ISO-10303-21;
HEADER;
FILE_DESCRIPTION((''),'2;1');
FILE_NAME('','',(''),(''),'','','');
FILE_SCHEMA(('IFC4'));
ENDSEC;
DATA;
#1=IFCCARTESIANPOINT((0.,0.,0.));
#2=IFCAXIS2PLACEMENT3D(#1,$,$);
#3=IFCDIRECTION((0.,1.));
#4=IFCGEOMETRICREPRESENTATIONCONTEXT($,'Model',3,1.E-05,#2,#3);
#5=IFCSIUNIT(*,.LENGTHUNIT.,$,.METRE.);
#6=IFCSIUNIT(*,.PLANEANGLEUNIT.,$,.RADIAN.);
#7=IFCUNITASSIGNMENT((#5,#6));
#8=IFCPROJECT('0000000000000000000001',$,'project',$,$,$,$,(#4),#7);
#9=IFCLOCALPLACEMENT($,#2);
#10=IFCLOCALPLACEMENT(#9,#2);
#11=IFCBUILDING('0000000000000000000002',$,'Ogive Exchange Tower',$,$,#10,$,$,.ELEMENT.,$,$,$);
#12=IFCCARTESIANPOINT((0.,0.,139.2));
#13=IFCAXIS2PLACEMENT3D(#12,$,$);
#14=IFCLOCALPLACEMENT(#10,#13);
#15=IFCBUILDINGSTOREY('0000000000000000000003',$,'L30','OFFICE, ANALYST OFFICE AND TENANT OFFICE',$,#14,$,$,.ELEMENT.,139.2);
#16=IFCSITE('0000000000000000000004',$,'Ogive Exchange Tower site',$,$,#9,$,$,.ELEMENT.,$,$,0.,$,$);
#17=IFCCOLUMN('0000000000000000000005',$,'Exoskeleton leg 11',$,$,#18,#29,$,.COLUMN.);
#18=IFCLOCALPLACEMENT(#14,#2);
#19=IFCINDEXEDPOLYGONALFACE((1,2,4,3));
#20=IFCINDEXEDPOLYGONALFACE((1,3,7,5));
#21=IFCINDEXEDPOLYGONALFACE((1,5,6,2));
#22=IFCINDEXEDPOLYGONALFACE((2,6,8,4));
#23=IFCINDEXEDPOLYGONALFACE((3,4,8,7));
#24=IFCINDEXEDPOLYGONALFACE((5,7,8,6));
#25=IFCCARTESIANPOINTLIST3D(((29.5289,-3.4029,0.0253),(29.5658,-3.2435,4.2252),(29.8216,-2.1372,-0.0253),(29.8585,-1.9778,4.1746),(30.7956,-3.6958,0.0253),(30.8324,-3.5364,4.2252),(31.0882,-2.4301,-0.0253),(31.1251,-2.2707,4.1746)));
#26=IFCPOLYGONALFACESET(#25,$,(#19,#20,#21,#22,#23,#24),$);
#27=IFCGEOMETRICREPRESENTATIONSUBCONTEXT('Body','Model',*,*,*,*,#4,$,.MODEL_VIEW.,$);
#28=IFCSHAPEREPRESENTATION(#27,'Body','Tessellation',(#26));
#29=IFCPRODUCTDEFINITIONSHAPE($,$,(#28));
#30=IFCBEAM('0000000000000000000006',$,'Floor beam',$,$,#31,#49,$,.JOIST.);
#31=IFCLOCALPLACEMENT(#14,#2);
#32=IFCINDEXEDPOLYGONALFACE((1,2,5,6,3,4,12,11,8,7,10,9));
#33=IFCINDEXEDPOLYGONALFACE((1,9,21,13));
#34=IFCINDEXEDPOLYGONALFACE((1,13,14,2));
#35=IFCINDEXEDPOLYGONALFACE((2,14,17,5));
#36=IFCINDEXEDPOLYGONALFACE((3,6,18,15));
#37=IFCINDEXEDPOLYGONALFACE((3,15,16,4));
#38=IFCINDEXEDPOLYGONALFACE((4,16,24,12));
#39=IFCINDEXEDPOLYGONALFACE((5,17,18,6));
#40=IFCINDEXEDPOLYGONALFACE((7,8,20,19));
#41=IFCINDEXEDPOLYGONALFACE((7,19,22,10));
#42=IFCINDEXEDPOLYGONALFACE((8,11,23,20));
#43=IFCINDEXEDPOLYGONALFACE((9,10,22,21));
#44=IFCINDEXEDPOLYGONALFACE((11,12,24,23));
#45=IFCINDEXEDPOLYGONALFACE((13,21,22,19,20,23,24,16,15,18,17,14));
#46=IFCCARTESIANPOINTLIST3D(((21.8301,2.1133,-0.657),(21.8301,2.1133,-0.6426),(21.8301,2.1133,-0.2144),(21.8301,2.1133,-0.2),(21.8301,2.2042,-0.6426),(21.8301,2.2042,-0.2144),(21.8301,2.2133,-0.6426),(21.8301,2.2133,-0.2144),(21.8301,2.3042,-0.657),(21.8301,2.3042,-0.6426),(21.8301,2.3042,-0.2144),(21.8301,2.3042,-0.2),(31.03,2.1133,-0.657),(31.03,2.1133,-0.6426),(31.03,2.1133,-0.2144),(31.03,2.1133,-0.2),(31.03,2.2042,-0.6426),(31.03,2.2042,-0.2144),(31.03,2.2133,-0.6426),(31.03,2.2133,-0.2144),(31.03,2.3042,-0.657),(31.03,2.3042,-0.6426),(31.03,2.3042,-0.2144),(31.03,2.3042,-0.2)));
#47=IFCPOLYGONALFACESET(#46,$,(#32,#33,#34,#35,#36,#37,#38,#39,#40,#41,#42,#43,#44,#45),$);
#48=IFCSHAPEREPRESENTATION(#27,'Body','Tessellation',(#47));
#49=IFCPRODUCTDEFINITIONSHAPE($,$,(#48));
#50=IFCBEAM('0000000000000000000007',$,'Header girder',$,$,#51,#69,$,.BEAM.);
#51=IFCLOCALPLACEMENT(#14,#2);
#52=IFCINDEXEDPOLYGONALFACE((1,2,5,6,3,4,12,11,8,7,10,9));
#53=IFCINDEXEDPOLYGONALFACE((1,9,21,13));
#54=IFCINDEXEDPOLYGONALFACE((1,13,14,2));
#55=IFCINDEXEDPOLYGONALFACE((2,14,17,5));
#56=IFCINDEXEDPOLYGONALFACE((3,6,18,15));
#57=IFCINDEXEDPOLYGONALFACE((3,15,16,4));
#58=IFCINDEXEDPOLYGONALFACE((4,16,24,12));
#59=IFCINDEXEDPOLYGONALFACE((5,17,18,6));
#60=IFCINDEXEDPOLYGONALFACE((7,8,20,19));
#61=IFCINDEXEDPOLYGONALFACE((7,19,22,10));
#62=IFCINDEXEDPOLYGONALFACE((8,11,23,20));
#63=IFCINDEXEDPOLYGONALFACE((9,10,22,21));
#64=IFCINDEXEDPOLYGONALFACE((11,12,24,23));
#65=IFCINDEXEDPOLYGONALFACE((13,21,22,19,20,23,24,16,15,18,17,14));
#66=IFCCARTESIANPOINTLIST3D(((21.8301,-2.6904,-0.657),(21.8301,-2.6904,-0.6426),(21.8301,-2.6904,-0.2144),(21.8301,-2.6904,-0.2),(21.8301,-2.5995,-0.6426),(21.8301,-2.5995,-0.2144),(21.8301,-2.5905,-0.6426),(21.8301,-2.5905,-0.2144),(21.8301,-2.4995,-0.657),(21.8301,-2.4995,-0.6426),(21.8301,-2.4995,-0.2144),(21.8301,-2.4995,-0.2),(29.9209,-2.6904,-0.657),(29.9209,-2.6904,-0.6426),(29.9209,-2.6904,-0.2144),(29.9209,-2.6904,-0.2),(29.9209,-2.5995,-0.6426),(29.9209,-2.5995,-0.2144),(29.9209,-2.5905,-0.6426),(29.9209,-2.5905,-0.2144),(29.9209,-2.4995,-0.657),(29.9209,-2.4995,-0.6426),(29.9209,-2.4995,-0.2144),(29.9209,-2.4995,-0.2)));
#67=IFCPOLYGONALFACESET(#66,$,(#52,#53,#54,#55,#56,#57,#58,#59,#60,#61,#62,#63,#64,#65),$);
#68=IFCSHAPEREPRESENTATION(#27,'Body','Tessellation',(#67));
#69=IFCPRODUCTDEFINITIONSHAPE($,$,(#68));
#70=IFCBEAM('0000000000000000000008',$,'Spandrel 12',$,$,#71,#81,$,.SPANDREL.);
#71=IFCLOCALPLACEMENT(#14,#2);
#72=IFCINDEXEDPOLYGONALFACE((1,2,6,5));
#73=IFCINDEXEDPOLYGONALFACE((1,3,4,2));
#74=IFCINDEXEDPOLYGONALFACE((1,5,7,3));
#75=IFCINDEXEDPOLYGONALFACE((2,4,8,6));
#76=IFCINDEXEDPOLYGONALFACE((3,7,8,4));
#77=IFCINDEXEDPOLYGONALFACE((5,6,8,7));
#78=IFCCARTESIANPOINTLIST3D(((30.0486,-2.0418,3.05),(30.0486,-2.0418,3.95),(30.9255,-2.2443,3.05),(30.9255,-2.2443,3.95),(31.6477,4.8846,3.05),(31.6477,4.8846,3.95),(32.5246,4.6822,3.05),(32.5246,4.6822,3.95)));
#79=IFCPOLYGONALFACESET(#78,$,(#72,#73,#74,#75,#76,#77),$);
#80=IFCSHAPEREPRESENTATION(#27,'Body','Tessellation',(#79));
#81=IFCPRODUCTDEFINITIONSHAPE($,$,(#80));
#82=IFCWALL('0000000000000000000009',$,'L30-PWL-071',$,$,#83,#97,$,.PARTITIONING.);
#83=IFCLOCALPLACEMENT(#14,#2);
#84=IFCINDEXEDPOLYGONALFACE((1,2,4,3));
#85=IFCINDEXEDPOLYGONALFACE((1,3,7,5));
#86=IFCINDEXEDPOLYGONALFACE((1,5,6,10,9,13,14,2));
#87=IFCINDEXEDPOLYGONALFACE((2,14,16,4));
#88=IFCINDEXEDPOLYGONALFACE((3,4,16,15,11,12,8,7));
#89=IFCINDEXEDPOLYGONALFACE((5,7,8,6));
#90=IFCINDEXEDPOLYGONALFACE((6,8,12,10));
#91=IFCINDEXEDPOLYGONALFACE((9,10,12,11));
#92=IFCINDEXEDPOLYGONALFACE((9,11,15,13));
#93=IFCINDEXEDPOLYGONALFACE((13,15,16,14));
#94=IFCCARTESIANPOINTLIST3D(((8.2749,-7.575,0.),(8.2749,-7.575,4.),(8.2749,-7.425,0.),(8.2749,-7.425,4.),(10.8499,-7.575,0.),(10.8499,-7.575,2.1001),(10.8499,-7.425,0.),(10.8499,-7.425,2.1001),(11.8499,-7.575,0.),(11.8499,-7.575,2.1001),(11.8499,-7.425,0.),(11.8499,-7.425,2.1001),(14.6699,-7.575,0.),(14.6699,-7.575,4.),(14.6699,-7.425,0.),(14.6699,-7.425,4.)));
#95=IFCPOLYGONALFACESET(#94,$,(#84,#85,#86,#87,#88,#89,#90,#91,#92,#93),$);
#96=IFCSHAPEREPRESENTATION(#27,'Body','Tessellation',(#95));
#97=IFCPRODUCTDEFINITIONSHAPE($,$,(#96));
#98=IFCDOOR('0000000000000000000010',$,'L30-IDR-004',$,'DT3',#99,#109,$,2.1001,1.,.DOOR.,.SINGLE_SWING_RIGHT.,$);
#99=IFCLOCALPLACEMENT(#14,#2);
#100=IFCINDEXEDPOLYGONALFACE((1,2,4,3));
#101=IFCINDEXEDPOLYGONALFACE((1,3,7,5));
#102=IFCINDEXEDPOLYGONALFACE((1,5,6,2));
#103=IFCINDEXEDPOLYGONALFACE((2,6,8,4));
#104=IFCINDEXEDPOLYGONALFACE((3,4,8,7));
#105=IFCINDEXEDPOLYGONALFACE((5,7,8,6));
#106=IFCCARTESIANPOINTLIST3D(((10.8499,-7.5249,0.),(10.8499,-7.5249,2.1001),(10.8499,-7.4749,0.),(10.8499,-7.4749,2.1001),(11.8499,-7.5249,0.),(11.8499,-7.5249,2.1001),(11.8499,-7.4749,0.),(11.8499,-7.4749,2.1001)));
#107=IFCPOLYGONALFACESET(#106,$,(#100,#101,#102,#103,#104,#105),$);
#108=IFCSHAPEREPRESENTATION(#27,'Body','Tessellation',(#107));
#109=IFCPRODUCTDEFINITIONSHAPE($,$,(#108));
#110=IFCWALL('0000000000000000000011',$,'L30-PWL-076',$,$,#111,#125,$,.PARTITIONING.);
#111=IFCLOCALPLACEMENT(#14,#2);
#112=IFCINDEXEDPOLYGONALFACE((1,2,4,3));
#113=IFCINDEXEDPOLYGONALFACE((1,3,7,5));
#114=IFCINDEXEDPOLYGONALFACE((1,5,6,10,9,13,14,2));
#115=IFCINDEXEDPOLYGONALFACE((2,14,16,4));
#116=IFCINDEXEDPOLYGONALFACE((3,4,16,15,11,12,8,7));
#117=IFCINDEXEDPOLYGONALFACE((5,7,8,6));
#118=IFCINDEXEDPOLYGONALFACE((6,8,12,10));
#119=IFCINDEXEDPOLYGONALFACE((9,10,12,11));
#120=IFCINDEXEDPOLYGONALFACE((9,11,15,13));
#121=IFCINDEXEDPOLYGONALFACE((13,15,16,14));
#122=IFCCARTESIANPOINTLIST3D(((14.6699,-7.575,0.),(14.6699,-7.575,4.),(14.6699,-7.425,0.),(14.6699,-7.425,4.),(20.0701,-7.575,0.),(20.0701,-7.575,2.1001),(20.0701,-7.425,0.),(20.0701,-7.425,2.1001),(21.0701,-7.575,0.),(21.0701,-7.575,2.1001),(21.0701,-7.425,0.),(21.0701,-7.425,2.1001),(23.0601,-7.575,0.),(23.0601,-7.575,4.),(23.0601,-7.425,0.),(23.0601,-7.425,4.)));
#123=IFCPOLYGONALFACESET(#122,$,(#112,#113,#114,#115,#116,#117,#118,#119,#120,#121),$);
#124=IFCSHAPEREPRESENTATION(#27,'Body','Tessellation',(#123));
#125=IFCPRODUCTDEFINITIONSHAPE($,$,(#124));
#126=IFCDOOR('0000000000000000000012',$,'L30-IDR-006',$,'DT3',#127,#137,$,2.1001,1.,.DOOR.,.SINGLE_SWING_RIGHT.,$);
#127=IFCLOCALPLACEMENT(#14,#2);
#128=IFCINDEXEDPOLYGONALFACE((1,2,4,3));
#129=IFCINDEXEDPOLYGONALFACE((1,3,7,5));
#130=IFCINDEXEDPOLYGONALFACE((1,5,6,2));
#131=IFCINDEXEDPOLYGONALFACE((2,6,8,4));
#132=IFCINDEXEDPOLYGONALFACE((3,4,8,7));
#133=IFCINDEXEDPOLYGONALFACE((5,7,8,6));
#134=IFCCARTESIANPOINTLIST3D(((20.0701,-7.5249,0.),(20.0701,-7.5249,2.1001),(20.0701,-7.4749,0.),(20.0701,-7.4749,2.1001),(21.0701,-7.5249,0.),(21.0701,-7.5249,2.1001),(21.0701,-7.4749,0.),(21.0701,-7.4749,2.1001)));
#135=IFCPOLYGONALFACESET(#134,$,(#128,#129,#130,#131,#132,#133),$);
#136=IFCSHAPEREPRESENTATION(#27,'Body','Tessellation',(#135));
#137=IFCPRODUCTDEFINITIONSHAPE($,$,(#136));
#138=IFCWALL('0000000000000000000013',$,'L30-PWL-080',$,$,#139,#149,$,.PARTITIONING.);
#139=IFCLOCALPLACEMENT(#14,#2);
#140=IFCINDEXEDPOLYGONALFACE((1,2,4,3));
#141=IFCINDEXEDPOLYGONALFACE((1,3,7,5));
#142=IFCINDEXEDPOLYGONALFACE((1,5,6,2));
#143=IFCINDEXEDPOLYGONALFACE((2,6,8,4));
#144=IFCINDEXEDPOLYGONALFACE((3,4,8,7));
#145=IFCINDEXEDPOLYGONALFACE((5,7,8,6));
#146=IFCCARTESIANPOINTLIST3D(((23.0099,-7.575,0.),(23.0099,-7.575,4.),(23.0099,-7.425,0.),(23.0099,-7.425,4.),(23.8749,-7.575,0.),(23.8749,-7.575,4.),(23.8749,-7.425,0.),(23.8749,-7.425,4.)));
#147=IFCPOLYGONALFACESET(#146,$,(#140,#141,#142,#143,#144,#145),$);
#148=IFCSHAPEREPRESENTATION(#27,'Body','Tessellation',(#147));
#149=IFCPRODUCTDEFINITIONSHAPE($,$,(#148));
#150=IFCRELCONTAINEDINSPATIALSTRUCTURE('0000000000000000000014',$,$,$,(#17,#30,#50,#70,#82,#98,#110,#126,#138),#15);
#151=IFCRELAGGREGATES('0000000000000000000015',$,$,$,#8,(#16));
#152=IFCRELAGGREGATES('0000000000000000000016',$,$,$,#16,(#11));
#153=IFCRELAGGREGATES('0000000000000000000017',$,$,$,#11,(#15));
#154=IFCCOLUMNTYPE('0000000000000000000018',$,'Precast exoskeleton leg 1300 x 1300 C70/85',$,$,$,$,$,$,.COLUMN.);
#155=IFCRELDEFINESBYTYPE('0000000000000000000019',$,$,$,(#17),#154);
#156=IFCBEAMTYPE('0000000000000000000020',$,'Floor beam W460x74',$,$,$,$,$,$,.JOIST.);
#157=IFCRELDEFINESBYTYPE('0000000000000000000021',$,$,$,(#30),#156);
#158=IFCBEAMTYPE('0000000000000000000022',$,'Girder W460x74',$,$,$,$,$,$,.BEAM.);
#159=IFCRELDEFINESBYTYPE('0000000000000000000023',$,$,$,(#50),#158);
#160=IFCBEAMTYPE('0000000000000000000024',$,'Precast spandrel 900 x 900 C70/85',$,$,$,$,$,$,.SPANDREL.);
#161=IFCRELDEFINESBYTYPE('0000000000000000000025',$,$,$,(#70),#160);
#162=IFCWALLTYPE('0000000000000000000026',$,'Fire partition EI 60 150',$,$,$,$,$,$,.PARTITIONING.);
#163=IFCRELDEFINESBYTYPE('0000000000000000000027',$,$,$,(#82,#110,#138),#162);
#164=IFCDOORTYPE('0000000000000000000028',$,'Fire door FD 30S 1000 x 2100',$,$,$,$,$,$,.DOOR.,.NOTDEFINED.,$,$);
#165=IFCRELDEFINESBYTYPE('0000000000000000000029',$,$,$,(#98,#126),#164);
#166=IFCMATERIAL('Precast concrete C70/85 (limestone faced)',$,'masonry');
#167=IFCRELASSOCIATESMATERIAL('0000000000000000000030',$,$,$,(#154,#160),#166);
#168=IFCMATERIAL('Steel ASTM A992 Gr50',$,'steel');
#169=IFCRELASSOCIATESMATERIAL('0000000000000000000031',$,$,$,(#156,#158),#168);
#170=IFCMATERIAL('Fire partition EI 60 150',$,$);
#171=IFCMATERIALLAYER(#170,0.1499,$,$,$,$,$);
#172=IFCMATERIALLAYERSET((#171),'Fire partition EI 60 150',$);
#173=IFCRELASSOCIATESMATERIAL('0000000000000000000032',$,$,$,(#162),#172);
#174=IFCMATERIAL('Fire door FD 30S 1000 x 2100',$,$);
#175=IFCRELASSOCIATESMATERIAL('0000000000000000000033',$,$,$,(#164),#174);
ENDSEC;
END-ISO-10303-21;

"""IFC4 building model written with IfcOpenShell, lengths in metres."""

from ifc_helpers import new_model, si_unit, direction, frame, frame_2d, origin, origin_2d, place, context, subcontext, project, spatial, rectangle, i_section, extrude, material, layer, layer_set, material_profile, profile_set, type_object, element, fill, save


model = new_model("IFC4")

# Units and contexts
model_context = context("Model", 3, precision=1e-05, world=origin(), true_north=direction((0.0, 1.0)))
body_context = subcontext(model_context, "Body", "Model", "MODEL_VIEW")
ifc_project = project(units=[si_unit("LENGTHUNIT", "METRE"), si_unit("PLANEANGLEUNIT", "RADIAN")], contexts=[model_context])

# Site, building, storey
site_placement = place(None, origin())
site = spatial("IfcSite", under=ifc_project, at=site_placement, Name="Ogive Exchange Tower site", CompositionType="ELEMENT", RefElevation=0.0)
building_placement = place(site_placement, origin())
building = spatial("IfcBuilding", under=site, at=building_placement, Name="Ogive Exchange Tower", CompositionType="ELEMENT")
storey_placement = place(building_placement, frame((0.0, 0.0, 139.2)))
storey = spatial("IfcBuildingStorey", under=building, at=storey_placement, Name="L30", Description="OFFICE, ANALYST OFFICE AND TENANT OFFICE", CompositionType="ELEMENT", Elevation=139.2)

# Column
ifc_material_1 = material(Name="Precast concrete C70/85 (limestone faced)", Category="masonry")
ifc_material_profile_1 = material_profile(ifc_material_1, rectangle(XDim=1.3, YDim=1.3, at=origin_2d()), Name="1300 x 1300")
ifc_profile_set_1 = profile_set([ifc_material_profile_1], Name="Precast concrete C70/85 (limestone faced)")
column_type = type_object("IfcColumnType", Name="Precast exoskeleton leg 1300 x 1300 C70/85", PredefinedType="COLUMN", material=ifc_profile_set_1)
column_placement = place(storey_placement, frame((30.3086, -2.9165, 0.0), z_axis=(0.008771, 0.03793, 0.999242), x_axis=(-0.974291, 0.225295, 0.0)))
element("IfcColumn", 1, at=column_placement, inside=storey, type_object=column_type, Name="Exoskeleton leg 11", PredefinedType="COLUMN", context=body_context, shape_type="SweptSolid", body=[
    extrude(rectangle(XDim=1.3, YDim=1.3, at=origin_2d()), origin(), (0.0, 0.0, 1.0), 4.2031),
])

# Beams
ifc_material_2 = material(Name="Steel ASTM A992 Gr50", Category="steel")
ifc_material_profile_2 = material_profile(ifc_material_2, i_section(OverallWidth=0.1909, OverallDepth=0.457, WebThickness=0.009, FlangeThickness=0.0144, at=origin_2d()), Name="W460x74")
ifc_profile_set_2 = profile_set([ifc_material_profile_2], Name="Steel ASTM A992 Gr50")
beam_type_1 = type_object("IfcBeamType", Name="Floor beam W460x74", PredefinedType="JOIST", material=ifc_profile_set_2)
beam_1_placement = place(storey_placement, frame((21.8301, 2.2087, -0.4285), z_axis=(1.0, 0.0, 0.0), x_axis=(0.0, 1.0, 0.0)))
element("IfcBeam", 2, at=beam_1_placement, inside=storey, type_object=beam_type_1, Name="Floor beam", PredefinedType="JOIST", context=body_context, shape_type="SweptSolid", body=[
    extrude(i_section(OverallWidth=0.1909, OverallDepth=0.457, WebThickness=0.009, FlangeThickness=0.0144, at=origin_2d()), origin(), (0.0, 0.0, 1.0), 9.2),
])
ifc_material_profile_3 = material_profile(ifc_material_2, i_section(OverallWidth=0.1909, OverallDepth=0.457, WebThickness=0.009, FlangeThickness=0.0144, at=origin_2d()), Name="W460x74")
ifc_profile_set_3 = profile_set([ifc_material_profile_3], Name="Steel ASTM A992 Gr50")
beam_type_2 = type_object("IfcBeamType", Name="Girder W460x74", PredefinedType="BEAM", material=ifc_profile_set_3)
beam_2_placement = place(storey_placement, frame((21.8301, -2.595, -0.4285), z_axis=(1.0, 0.0, 0.0), x_axis=(0.0, 1.0, 0.0)))
element("IfcBeam", 3, at=beam_2_placement, inside=storey, type_object=beam_type_2, Name="Header girder", PredefinedType="BEAM", context=body_context, shape_type="SweptSolid", body=[
    extrude(i_section(OverallWidth=0.1909, OverallDepth=0.457, WebThickness=0.009, FlangeThickness=0.0144, at=origin_2d()), origin(), (0.0, 0.0, 1.0), 8.0908),
])
ifc_material_profile_4 = material_profile(ifc_material_1, rectangle(XDim=0.8999, YDim=0.8999, at=origin_2d()), Name="900 x 900")
ifc_profile_set_4 = profile_set([ifc_material_profile_4], Name="Precast concrete C70/85 (limestone faced)")
beam_type_3 = type_object("IfcBeamType", Name="Precast spandrel 900 x 900 C70/85", PredefinedType="SPANDREL", material=ifc_profile_set_4)
beam_3_placement = place(storey_placement, frame((30.4871, -2.1431, 3.5), z_axis=(0.224952, 0.97437, 0.0), x_axis=(-0.97437, 0.224952, 0.0)))
element("IfcBeam", 4, at=beam_3_placement, inside=storey, type_object=beam_type_3, Name="Spandrel 12", PredefinedType="SPANDREL", context=body_context, shape_type="SweptSolid", body=[
    extrude(rectangle(XDim=0.8999, YDim=0.8999, at=origin_2d()), origin(), (0.0, 0.0, 1.0), 7.1086),
])

# Walls, openings, doors
ifc_material_3 = material(Name="Fire partition EI 60 150")
ifc_layer_1 = layer(ifc_material_3, 0.1499)
ifc_layer_set_1 = layer_set([ifc_layer_1], Name="Fire partition EI 60 150")
wall_type_1 = type_object("IfcWallType", Name="Fire partition EI 60 150", PredefinedType="PARTITIONING", material=ifc_layer_set_1)
wall_1_placement = place(storey_placement, frame((14.6699, -7.5, 0.0), z_axis=(0.0, 0.0, 1.0), x_axis=(-1.0, 0.0, 0.0)))
wall_1 = element("IfcWall", 5, at=wall_1_placement, inside=storey, type_object=wall_type_1, Name="L30-PWL-071", PredefinedType="PARTITIONING", context=body_context, shape_type="SweptSolid", body=[
    extrude(rectangle(XDim=6.395, YDim=0.1499, at=frame_2d((3.1975, 0.0))), origin(), (0.0, 0.0, 1.0), 4.0),
])
opening_1_placement = place(wall_1_placement, frame((2.8201, 0.0, 0.0)))
opening_1 = element("IfcOpeningElement", 6, at=opening_1_placement, cuts=wall_1, PredefinedType="OPENING", context=body_context, shape_type="SweptSolid", body=[
    extrude(rectangle(XDim=1.0, YDim=2.1001, at=frame_2d((0.5, 1.05))), frame((0.0, 0.085, 0.0), z_axis=(0.0, -1.0, 0.0), x_axis=(1.0, 0.0, 0.0)), (0.0, 0.0, 1.0), 0.1699),
])
ifc_material_4 = material(Name="Fire door FD 30S 1000 x 2100")
door_type_1 = type_object("IfcDoorType", Name="Fire door FD 30S 1000 x 2100", OperationType="NOTDEFINED", PredefinedType="DOOR", material=ifc_material_4)
door_1_placement = place(opening_1_placement, origin())
door_1 = element("IfcDoor", 7, at=door_1_placement, inside=storey, type_object=door_type_1, Name="L30-IDR-004", ObjectType="DT3", OperationType="SINGLE_SWING_RIGHT", OverallHeight=2.1001, OverallWidth=1.0, PredefinedType="DOOR", context=body_context, shape_type="SweptSolid", body=[
    extrude(rectangle(XDim=1.0, YDim=2.1001, at=frame_2d((0.5, 1.05))), frame((0.0, 0.0249, 0.0), z_axis=(0.0, -1.0, 0.0), x_axis=(1.0, 0.0, 0.0)), (0.0, 0.0, 1.0), 0.05),
])
fill(opening_1, door_1)
wall_2_placement = place(storey_placement, frame((23.0601, -7.5, 0.0), z_axis=(0.0, 0.0, 1.0), x_axis=(-1.0, 0.0, 0.0)))
wall_2 = element("IfcWall", 8, at=wall_2_placement, inside=storey, type_object=wall_type_1, Name="L30-PWL-076", PredefinedType="PARTITIONING", context=body_context, shape_type="SweptSolid", body=[
    extrude(rectangle(XDim=8.3901, YDim=0.1499, at=frame_2d((4.1951, 0.0))), origin(), (0.0, 0.0, 1.0), 4.0),
])
opening_2_placement = place(wall_2_placement, frame((1.99, 0.0, 0.0)))
opening_2 = element("IfcOpeningElement", 9, at=opening_2_placement, cuts=wall_2, PredefinedType="OPENING", context=body_context, shape_type="SweptSolid", body=[
    extrude(rectangle(XDim=1.0, YDim=2.1001, at=frame_2d((0.5, 1.05))), frame((0.0, 0.085, 0.0), z_axis=(0.0, -1.0, 0.0), x_axis=(1.0, 0.0, 0.0)), (0.0, 0.0, 1.0), 0.1699),
])
door_2_placement = place(opening_2_placement, origin())
door_2 = element("IfcDoor", 10, at=door_2_placement, inside=storey, type_object=door_type_1, Name="L30-IDR-006", ObjectType="DT3", OperationType="SINGLE_SWING_RIGHT", OverallHeight=2.1001, OverallWidth=1.0, PredefinedType="DOOR", context=body_context, shape_type="SweptSolid", body=[
    extrude(rectangle(XDim=1.0, YDim=2.1001, at=frame_2d((0.5, 1.05))), frame((0.0, 0.0249, 0.0), z_axis=(0.0, -1.0, 0.0), x_axis=(1.0, 0.0, 0.0)), (0.0, 0.0, 1.0), 0.05),
])
fill(opening_2, door_2)

# Wall
wall_3_placement = place(storey_placement, frame((23.875, -7.5, 0.0), z_axis=(0.0, 0.0, 1.0), x_axis=(-1.0, 0.0, 0.0)))
element("IfcWall", 11, at=wall_3_placement, inside=storey, type_object=wall_type_1, Name="L30-PWL-080", PredefinedType="PARTITIONING", context=body_context, shape_type="SweptSolid", body=[
    extrude(rectangle(XDim=0.865, YDim=0.1499, at=frame_2d((0.4326, 0.0))), origin(), (0.0, 0.0, 1.0), 4.0),
])

save(model, "model.ifc")
